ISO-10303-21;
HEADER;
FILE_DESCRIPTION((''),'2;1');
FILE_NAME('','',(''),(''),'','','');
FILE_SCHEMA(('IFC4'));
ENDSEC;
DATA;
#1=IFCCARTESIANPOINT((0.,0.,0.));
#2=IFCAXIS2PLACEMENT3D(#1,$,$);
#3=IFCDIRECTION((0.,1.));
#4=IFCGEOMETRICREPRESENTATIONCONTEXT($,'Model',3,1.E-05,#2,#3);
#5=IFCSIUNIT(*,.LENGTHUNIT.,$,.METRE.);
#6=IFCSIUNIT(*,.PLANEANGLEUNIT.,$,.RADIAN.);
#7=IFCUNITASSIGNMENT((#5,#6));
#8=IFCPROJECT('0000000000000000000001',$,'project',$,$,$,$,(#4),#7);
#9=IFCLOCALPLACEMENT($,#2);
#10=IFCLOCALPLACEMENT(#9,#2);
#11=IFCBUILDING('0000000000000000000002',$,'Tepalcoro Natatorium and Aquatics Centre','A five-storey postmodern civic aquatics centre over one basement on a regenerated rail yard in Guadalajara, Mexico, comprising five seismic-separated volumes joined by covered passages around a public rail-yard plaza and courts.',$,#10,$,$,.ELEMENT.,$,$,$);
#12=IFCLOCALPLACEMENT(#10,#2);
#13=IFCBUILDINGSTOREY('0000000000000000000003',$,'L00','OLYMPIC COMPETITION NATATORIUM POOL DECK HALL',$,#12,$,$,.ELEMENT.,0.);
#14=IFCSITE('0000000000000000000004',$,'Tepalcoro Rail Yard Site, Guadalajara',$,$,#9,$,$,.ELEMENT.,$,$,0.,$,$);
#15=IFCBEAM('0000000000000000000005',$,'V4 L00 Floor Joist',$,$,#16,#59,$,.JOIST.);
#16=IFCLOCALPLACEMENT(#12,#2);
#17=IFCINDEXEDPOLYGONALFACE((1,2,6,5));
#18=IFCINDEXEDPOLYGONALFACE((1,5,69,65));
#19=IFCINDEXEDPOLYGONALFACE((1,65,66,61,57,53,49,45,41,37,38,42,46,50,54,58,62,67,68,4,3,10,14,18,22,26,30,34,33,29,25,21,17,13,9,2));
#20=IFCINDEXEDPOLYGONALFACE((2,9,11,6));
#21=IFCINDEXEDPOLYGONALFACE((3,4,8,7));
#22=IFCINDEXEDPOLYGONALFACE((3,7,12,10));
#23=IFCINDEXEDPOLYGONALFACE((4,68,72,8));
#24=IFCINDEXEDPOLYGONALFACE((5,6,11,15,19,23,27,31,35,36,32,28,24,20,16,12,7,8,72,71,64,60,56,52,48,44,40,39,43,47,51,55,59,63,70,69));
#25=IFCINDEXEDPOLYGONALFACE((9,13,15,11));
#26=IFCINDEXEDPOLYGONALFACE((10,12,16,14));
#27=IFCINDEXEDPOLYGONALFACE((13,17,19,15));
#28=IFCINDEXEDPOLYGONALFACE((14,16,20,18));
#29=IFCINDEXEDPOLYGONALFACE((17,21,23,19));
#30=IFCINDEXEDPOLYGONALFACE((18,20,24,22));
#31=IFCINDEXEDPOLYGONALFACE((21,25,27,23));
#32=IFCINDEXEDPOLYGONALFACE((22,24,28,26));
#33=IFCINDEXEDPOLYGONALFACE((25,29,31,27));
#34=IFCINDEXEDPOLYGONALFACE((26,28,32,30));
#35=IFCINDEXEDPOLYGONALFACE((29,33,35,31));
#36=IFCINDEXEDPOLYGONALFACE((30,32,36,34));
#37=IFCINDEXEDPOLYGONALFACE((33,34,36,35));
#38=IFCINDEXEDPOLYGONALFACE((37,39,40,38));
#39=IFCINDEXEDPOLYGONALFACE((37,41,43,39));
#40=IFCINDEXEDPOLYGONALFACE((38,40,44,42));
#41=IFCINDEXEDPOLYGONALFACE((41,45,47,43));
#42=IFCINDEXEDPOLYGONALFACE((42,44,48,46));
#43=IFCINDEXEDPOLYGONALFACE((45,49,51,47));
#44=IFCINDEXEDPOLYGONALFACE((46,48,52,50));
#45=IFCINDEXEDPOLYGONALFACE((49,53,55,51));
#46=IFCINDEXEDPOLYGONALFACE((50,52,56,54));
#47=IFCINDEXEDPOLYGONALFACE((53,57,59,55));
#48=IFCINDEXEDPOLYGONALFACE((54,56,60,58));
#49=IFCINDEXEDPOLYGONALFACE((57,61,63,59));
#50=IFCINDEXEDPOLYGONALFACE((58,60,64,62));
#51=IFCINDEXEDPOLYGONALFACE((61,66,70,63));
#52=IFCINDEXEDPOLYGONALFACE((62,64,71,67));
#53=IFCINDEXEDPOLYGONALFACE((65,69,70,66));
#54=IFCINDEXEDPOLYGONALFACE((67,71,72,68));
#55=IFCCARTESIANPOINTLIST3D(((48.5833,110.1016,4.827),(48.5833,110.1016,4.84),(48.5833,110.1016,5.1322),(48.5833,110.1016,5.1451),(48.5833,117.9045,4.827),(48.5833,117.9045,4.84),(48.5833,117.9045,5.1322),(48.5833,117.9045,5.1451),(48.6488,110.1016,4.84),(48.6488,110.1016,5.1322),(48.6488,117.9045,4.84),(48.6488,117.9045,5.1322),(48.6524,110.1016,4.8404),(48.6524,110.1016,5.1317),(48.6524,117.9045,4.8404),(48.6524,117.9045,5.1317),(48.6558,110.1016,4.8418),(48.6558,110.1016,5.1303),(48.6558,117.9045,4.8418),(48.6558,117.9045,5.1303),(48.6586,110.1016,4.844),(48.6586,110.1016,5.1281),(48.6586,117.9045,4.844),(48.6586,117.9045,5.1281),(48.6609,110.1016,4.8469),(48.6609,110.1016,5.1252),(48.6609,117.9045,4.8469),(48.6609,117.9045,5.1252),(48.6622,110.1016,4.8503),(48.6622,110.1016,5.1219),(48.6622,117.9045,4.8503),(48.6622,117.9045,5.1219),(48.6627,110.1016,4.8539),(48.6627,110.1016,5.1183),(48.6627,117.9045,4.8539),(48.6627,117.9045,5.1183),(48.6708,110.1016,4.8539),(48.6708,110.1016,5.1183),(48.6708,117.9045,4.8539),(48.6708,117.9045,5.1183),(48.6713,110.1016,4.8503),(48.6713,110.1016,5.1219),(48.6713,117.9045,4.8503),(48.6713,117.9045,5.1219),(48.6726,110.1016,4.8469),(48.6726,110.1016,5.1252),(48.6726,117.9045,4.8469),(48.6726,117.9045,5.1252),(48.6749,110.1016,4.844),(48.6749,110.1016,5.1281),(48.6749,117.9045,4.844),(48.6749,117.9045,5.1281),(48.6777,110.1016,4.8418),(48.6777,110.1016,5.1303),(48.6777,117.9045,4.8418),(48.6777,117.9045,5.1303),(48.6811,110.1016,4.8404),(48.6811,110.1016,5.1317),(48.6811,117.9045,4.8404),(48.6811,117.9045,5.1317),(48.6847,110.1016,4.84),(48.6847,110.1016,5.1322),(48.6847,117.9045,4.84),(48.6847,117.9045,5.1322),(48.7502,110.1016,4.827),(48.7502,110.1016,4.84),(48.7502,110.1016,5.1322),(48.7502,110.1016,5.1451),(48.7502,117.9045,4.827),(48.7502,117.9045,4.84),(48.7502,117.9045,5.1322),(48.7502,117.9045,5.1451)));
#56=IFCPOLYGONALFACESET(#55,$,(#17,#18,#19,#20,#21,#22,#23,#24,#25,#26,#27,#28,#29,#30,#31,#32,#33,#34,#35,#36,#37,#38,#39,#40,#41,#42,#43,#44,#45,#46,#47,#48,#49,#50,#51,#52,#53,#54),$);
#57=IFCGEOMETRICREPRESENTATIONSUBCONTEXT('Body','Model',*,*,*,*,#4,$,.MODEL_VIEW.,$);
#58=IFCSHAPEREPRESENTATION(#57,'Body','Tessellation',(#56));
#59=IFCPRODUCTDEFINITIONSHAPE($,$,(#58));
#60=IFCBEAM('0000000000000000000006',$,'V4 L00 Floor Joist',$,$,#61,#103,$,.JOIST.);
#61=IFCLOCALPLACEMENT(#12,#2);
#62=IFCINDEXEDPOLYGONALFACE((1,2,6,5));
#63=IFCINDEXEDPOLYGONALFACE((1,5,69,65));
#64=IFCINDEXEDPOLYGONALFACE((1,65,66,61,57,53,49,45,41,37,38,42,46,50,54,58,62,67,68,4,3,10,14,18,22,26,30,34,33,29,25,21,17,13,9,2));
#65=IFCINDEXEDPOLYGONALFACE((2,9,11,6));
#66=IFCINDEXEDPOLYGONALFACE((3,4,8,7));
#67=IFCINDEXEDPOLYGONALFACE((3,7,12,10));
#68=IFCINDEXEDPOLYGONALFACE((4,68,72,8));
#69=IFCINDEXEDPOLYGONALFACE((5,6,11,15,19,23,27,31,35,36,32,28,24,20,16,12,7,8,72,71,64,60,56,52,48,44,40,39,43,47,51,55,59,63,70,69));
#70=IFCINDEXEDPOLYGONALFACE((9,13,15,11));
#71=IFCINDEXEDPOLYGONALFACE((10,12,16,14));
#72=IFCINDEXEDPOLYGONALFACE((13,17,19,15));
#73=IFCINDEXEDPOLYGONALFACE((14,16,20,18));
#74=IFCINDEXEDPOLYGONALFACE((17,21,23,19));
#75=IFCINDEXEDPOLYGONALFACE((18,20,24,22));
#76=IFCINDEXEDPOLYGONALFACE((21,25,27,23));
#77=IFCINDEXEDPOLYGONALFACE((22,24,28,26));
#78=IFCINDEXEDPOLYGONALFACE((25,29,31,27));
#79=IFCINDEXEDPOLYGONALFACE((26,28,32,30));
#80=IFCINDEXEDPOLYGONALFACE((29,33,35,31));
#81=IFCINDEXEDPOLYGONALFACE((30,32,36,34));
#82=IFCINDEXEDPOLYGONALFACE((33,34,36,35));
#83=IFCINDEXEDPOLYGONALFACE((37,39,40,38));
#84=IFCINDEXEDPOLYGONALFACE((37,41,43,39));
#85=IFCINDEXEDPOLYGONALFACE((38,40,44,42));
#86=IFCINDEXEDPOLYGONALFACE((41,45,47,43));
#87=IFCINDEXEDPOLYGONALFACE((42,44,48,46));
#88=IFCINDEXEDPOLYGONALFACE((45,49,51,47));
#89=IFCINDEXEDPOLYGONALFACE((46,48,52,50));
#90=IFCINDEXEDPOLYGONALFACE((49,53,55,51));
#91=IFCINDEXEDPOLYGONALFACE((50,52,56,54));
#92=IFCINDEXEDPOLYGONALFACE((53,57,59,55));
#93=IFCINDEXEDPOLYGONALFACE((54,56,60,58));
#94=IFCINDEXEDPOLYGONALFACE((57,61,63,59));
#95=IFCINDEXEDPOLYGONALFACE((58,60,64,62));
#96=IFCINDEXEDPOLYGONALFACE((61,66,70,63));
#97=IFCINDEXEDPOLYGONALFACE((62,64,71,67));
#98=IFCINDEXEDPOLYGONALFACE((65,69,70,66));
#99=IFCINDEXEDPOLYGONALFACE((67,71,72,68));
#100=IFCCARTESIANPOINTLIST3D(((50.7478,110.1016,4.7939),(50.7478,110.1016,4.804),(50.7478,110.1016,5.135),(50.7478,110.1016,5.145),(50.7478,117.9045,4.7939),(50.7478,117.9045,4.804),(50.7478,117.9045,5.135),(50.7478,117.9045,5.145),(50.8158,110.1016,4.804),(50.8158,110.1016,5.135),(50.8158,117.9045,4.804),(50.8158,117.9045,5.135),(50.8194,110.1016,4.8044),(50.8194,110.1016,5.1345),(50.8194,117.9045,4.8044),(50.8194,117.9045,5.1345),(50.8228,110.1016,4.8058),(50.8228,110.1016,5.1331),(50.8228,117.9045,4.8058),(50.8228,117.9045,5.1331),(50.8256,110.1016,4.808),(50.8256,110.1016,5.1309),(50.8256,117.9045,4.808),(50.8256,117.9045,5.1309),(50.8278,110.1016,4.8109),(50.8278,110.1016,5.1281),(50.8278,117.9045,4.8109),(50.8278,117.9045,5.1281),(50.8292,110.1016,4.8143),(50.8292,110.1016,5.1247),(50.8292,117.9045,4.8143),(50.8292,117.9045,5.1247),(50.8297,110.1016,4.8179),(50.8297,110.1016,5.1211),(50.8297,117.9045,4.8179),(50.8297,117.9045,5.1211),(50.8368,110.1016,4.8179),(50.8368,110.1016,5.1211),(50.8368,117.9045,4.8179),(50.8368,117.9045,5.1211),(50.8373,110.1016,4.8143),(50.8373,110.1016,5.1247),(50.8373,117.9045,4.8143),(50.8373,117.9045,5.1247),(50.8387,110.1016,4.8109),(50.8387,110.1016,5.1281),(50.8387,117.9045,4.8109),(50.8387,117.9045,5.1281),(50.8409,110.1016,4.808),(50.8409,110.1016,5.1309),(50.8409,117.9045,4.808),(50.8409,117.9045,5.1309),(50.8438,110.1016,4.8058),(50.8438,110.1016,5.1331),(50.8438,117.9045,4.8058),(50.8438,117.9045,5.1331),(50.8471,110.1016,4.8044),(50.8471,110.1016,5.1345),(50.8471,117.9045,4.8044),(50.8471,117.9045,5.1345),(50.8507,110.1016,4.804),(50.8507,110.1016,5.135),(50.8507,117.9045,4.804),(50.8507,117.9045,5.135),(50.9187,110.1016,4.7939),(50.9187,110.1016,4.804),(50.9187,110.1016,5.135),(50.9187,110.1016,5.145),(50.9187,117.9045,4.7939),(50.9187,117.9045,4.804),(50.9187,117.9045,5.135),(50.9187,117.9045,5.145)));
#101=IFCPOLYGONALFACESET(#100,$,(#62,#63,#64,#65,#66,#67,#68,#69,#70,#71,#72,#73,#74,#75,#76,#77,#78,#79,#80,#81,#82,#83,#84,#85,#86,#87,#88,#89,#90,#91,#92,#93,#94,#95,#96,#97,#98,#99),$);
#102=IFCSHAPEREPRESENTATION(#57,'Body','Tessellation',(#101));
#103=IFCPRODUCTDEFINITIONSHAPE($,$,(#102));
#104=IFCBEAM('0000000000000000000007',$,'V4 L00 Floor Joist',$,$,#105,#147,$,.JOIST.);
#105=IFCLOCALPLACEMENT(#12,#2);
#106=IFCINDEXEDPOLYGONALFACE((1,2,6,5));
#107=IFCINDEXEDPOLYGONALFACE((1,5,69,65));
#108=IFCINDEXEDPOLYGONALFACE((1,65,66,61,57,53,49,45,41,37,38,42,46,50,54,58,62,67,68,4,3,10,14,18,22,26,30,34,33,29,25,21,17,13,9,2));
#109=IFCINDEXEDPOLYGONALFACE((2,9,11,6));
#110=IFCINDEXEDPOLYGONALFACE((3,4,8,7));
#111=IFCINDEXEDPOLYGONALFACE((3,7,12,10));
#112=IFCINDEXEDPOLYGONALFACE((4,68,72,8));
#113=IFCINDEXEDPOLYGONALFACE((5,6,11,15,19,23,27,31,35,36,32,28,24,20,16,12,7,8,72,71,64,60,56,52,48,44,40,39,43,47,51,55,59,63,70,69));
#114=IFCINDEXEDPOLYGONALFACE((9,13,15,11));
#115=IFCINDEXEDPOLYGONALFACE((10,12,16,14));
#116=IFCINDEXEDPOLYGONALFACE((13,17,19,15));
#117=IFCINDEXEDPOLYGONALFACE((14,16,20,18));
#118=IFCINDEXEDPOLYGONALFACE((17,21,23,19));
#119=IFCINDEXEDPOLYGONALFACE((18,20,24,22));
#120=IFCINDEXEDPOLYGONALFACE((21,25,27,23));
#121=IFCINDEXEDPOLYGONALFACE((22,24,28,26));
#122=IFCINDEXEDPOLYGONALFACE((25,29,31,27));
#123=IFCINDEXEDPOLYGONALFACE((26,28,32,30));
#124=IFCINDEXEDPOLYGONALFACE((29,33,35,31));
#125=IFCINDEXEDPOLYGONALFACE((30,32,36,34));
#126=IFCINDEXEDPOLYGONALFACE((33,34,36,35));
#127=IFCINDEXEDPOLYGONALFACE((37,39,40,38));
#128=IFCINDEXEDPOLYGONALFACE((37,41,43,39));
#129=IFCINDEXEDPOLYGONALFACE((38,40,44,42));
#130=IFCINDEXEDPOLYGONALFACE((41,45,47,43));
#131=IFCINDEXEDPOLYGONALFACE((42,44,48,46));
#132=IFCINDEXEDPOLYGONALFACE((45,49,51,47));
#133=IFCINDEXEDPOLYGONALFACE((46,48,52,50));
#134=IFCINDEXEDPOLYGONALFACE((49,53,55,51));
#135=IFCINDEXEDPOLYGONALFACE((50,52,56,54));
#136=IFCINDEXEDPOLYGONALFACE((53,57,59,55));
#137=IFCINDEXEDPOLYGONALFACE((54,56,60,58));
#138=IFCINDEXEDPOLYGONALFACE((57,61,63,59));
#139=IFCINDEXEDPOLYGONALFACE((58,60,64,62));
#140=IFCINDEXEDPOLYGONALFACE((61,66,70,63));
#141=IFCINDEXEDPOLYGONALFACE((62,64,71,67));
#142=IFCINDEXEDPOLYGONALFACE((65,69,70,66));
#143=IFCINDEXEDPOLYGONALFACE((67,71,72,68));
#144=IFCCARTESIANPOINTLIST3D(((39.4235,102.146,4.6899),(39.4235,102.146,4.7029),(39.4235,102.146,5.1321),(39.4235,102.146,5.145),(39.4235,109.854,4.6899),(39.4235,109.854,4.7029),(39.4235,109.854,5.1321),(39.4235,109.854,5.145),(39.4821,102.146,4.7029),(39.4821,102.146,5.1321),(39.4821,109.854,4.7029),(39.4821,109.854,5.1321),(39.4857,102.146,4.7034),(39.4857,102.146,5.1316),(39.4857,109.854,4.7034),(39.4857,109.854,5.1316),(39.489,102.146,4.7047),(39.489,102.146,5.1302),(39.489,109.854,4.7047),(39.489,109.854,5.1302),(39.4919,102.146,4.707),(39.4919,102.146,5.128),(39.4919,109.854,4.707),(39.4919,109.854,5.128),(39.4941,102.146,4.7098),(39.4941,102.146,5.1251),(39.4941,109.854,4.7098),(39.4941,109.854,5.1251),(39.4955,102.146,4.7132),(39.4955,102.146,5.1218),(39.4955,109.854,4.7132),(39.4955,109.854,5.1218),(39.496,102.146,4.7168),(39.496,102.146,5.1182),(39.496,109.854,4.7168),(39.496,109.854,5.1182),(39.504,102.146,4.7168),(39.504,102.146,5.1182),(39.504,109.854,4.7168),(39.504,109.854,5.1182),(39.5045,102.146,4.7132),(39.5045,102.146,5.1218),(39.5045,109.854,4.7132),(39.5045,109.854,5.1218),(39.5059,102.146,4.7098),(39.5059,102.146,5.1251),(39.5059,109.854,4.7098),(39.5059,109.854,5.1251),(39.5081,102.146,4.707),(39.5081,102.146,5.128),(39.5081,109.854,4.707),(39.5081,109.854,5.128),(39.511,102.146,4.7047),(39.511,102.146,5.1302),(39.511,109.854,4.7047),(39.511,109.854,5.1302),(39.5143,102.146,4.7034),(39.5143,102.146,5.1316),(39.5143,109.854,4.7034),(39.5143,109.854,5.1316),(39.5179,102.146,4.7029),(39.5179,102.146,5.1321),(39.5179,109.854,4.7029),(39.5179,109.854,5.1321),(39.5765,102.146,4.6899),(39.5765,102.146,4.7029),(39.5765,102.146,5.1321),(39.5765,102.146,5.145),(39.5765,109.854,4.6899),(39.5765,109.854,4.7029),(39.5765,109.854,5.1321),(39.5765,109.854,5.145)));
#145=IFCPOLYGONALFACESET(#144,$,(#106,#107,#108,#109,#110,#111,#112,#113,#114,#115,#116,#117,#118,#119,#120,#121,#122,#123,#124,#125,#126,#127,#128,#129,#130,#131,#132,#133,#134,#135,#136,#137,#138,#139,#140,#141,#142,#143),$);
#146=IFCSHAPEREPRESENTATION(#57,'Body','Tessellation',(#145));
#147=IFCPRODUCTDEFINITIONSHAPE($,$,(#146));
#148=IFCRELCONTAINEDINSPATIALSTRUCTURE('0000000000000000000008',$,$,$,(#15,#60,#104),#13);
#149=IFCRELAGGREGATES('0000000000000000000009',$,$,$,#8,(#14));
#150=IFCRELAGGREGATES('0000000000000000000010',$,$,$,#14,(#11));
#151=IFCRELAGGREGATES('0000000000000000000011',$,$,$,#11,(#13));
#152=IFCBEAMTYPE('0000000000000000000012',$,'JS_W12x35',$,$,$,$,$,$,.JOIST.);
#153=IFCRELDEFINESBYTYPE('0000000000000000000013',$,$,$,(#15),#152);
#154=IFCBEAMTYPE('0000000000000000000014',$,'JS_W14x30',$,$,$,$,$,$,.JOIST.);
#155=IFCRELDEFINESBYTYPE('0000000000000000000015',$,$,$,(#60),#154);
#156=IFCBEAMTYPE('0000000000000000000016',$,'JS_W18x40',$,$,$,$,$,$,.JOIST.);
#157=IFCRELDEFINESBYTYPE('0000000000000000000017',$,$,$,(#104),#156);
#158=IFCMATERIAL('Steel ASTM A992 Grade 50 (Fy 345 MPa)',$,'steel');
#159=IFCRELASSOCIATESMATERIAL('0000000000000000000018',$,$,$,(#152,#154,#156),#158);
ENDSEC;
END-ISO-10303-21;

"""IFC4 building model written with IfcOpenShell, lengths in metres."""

from ifc_helpers import new_model, si_unit, direction, frame, origin, origin_2d, place, context, subcontext, project, spatial, i_section, extrude, material, material_profile, profile_set, type_object, element, save


model = new_model("IFC4")

# Units and contexts
model_context = context("Model", 3, precision=1e-05, world=origin(), true_north=direction((0.0, 1.0)))
body_context = subcontext(model_context, "Body", "Model", "MODEL_VIEW")
ifc_project = project(units=[si_unit("LENGTHUNIT", "METRE"), si_unit("PLANEANGLEUNIT", "RADIAN")], contexts=[model_context])

# Site, building, storey
site_placement = place(None, origin())
site = spatial("IfcSite", under=ifc_project, at=site_placement, Name="Tepalcoro Rail Yard Site, Guadalajara", CompositionType="ELEMENT", RefElevation=0.0)
building_placement = place(site_placement, origin())
building = spatial("IfcBuilding", under=site, at=building_placement, Name="Tepalcoro Natatorium and Aquatics Centre", Description="A five-storey postmodern civic aquatics centre over one basement on a regenerated rail yard in Guadalajara, Mexico, comprising five seismic-separated volumes joined by covered passages around a public rail-yard plaza and courts.", CompositionType="ELEMENT")
storey_placement = place(building_placement, origin())
storey = spatial("IfcBuildingStorey", under=building, at=storey_placement, Name="L00", Description="OLYMPIC COMPETITION NATATORIUM POOL DECK HALL", CompositionType="ELEMENT", Elevation=0.0)

# Beams
ifc_material_1 = material(Name="Steel ASTM A992 Grade 50 (Fy 345 MPa)", Category="steel")
ifc_material_profile_1 = material_profile(ifc_material_1, i_section(OverallWidth=0.167, OverallDepth=0.3181, WebThickness=0.0081, FlangeThickness=0.0129, FilletRadius=0.0139, at=origin_2d()), Name="W12X35")
ifc_profile_set_1 = profile_set([ifc_material_profile_1], Name="Steel ASTM A992 Grade 50 (Fy 345 MPa)")
beam_type_1 = type_object("IfcBeamType", Name="JS_W12x35", PredefinedType="JOIST", material=ifc_profile_set_1)
beam_1_placement = place(storey_placement, frame((48.6667, 110.1016, 4.9861), z_axis=(0.0, 1.0, 0.0), x_axis=(-1.0, 0.0, 0.0)))
element("IfcBeam", 1, at=beam_1_placement, inside=storey, type_object=beam_type_1, Name="V4 L00 Floor Joist", PredefinedType="JOIST", context=body_context, shape_type="SweptSolid", body=[
    extrude(i_section(OverallWidth=0.167, OverallDepth=0.3181, WebThickness=0.0081, FlangeThickness=0.0129, FilletRadius=0.0139, at=origin_2d()), origin(), (0.0, 0.0, 1.0), 7.803),
])
ifc_material_profile_2 = material_profile(ifc_material_1, i_section(OverallWidth=0.1709, OverallDepth=0.3511, WebThickness=0.0071, FlangeThickness=0.01, FilletRadius=0.0139, at=origin_2d()), Name="W14X30")
ifc_profile_set_2 = profile_set([ifc_material_profile_2], Name="Steel ASTM A992 Grade 50 (Fy 345 MPa)")
beam_type_2 = type_object("IfcBeamType", Name="JS_W14x30", PredefinedType="JOIST", material=ifc_profile_set_2)
beam_2_placement = place(storey_placement, frame((50.8333, 110.1016, 4.9695), z_axis=(0.0, 1.0, 0.0), x_axis=(-1.0, 0.0, 0.0)))
element("IfcBeam", 2, at=beam_2_placement, inside=storey, type_object=beam_type_2, Name="V4 L00 Floor Joist", PredefinedType="JOIST", context=body_context, shape_type="SweptSolid", body=[
    extrude(i_section(OverallWidth=0.1709, OverallDepth=0.3511, WebThickness=0.0071, FlangeThickness=0.01, FilletRadius=0.0139, at=origin_2d()), origin(), (0.0, 0.0, 1.0), 7.803),
])
ifc_material_profile_3 = material_profile(ifc_material_1, i_section(OverallWidth=0.1531, OverallDepth=0.4551, WebThickness=0.0081, FlangeThickness=0.0129, FilletRadius=0.0139, at=origin_2d()), Name="W18X40")
ifc_profile_set_3 = profile_set([ifc_material_profile_3], Name="Steel ASTM A992 Grade 50 (Fy 345 MPa)")
beam_type_3 = type_object("IfcBeamType", Name="JS_W18x40", PredefinedType="JOIST", material=ifc_profile_set_3)
beam_3_placement = place(storey_placement, frame((39.5, 102.146, 4.9175), z_axis=(0.0, 1.0, 0.0), x_axis=(-1.0, 0.0, 0.0)))
element("IfcBeam", 3, at=beam_3_placement, inside=storey, type_object=beam_type_3, Name="V4 L00 Floor Joist", PredefinedType="JOIST", context=body_context, shape_type="SweptSolid", body=[
    extrude(i_section(OverallWidth=0.1531, OverallDepth=0.4551, WebThickness=0.0081, FlangeThickness=0.0129, FilletRadius=0.0139, at=origin_2d()), origin(), (0.0, 0.0, 1.0), 7.708),
])

save(model, "model.ifc")
